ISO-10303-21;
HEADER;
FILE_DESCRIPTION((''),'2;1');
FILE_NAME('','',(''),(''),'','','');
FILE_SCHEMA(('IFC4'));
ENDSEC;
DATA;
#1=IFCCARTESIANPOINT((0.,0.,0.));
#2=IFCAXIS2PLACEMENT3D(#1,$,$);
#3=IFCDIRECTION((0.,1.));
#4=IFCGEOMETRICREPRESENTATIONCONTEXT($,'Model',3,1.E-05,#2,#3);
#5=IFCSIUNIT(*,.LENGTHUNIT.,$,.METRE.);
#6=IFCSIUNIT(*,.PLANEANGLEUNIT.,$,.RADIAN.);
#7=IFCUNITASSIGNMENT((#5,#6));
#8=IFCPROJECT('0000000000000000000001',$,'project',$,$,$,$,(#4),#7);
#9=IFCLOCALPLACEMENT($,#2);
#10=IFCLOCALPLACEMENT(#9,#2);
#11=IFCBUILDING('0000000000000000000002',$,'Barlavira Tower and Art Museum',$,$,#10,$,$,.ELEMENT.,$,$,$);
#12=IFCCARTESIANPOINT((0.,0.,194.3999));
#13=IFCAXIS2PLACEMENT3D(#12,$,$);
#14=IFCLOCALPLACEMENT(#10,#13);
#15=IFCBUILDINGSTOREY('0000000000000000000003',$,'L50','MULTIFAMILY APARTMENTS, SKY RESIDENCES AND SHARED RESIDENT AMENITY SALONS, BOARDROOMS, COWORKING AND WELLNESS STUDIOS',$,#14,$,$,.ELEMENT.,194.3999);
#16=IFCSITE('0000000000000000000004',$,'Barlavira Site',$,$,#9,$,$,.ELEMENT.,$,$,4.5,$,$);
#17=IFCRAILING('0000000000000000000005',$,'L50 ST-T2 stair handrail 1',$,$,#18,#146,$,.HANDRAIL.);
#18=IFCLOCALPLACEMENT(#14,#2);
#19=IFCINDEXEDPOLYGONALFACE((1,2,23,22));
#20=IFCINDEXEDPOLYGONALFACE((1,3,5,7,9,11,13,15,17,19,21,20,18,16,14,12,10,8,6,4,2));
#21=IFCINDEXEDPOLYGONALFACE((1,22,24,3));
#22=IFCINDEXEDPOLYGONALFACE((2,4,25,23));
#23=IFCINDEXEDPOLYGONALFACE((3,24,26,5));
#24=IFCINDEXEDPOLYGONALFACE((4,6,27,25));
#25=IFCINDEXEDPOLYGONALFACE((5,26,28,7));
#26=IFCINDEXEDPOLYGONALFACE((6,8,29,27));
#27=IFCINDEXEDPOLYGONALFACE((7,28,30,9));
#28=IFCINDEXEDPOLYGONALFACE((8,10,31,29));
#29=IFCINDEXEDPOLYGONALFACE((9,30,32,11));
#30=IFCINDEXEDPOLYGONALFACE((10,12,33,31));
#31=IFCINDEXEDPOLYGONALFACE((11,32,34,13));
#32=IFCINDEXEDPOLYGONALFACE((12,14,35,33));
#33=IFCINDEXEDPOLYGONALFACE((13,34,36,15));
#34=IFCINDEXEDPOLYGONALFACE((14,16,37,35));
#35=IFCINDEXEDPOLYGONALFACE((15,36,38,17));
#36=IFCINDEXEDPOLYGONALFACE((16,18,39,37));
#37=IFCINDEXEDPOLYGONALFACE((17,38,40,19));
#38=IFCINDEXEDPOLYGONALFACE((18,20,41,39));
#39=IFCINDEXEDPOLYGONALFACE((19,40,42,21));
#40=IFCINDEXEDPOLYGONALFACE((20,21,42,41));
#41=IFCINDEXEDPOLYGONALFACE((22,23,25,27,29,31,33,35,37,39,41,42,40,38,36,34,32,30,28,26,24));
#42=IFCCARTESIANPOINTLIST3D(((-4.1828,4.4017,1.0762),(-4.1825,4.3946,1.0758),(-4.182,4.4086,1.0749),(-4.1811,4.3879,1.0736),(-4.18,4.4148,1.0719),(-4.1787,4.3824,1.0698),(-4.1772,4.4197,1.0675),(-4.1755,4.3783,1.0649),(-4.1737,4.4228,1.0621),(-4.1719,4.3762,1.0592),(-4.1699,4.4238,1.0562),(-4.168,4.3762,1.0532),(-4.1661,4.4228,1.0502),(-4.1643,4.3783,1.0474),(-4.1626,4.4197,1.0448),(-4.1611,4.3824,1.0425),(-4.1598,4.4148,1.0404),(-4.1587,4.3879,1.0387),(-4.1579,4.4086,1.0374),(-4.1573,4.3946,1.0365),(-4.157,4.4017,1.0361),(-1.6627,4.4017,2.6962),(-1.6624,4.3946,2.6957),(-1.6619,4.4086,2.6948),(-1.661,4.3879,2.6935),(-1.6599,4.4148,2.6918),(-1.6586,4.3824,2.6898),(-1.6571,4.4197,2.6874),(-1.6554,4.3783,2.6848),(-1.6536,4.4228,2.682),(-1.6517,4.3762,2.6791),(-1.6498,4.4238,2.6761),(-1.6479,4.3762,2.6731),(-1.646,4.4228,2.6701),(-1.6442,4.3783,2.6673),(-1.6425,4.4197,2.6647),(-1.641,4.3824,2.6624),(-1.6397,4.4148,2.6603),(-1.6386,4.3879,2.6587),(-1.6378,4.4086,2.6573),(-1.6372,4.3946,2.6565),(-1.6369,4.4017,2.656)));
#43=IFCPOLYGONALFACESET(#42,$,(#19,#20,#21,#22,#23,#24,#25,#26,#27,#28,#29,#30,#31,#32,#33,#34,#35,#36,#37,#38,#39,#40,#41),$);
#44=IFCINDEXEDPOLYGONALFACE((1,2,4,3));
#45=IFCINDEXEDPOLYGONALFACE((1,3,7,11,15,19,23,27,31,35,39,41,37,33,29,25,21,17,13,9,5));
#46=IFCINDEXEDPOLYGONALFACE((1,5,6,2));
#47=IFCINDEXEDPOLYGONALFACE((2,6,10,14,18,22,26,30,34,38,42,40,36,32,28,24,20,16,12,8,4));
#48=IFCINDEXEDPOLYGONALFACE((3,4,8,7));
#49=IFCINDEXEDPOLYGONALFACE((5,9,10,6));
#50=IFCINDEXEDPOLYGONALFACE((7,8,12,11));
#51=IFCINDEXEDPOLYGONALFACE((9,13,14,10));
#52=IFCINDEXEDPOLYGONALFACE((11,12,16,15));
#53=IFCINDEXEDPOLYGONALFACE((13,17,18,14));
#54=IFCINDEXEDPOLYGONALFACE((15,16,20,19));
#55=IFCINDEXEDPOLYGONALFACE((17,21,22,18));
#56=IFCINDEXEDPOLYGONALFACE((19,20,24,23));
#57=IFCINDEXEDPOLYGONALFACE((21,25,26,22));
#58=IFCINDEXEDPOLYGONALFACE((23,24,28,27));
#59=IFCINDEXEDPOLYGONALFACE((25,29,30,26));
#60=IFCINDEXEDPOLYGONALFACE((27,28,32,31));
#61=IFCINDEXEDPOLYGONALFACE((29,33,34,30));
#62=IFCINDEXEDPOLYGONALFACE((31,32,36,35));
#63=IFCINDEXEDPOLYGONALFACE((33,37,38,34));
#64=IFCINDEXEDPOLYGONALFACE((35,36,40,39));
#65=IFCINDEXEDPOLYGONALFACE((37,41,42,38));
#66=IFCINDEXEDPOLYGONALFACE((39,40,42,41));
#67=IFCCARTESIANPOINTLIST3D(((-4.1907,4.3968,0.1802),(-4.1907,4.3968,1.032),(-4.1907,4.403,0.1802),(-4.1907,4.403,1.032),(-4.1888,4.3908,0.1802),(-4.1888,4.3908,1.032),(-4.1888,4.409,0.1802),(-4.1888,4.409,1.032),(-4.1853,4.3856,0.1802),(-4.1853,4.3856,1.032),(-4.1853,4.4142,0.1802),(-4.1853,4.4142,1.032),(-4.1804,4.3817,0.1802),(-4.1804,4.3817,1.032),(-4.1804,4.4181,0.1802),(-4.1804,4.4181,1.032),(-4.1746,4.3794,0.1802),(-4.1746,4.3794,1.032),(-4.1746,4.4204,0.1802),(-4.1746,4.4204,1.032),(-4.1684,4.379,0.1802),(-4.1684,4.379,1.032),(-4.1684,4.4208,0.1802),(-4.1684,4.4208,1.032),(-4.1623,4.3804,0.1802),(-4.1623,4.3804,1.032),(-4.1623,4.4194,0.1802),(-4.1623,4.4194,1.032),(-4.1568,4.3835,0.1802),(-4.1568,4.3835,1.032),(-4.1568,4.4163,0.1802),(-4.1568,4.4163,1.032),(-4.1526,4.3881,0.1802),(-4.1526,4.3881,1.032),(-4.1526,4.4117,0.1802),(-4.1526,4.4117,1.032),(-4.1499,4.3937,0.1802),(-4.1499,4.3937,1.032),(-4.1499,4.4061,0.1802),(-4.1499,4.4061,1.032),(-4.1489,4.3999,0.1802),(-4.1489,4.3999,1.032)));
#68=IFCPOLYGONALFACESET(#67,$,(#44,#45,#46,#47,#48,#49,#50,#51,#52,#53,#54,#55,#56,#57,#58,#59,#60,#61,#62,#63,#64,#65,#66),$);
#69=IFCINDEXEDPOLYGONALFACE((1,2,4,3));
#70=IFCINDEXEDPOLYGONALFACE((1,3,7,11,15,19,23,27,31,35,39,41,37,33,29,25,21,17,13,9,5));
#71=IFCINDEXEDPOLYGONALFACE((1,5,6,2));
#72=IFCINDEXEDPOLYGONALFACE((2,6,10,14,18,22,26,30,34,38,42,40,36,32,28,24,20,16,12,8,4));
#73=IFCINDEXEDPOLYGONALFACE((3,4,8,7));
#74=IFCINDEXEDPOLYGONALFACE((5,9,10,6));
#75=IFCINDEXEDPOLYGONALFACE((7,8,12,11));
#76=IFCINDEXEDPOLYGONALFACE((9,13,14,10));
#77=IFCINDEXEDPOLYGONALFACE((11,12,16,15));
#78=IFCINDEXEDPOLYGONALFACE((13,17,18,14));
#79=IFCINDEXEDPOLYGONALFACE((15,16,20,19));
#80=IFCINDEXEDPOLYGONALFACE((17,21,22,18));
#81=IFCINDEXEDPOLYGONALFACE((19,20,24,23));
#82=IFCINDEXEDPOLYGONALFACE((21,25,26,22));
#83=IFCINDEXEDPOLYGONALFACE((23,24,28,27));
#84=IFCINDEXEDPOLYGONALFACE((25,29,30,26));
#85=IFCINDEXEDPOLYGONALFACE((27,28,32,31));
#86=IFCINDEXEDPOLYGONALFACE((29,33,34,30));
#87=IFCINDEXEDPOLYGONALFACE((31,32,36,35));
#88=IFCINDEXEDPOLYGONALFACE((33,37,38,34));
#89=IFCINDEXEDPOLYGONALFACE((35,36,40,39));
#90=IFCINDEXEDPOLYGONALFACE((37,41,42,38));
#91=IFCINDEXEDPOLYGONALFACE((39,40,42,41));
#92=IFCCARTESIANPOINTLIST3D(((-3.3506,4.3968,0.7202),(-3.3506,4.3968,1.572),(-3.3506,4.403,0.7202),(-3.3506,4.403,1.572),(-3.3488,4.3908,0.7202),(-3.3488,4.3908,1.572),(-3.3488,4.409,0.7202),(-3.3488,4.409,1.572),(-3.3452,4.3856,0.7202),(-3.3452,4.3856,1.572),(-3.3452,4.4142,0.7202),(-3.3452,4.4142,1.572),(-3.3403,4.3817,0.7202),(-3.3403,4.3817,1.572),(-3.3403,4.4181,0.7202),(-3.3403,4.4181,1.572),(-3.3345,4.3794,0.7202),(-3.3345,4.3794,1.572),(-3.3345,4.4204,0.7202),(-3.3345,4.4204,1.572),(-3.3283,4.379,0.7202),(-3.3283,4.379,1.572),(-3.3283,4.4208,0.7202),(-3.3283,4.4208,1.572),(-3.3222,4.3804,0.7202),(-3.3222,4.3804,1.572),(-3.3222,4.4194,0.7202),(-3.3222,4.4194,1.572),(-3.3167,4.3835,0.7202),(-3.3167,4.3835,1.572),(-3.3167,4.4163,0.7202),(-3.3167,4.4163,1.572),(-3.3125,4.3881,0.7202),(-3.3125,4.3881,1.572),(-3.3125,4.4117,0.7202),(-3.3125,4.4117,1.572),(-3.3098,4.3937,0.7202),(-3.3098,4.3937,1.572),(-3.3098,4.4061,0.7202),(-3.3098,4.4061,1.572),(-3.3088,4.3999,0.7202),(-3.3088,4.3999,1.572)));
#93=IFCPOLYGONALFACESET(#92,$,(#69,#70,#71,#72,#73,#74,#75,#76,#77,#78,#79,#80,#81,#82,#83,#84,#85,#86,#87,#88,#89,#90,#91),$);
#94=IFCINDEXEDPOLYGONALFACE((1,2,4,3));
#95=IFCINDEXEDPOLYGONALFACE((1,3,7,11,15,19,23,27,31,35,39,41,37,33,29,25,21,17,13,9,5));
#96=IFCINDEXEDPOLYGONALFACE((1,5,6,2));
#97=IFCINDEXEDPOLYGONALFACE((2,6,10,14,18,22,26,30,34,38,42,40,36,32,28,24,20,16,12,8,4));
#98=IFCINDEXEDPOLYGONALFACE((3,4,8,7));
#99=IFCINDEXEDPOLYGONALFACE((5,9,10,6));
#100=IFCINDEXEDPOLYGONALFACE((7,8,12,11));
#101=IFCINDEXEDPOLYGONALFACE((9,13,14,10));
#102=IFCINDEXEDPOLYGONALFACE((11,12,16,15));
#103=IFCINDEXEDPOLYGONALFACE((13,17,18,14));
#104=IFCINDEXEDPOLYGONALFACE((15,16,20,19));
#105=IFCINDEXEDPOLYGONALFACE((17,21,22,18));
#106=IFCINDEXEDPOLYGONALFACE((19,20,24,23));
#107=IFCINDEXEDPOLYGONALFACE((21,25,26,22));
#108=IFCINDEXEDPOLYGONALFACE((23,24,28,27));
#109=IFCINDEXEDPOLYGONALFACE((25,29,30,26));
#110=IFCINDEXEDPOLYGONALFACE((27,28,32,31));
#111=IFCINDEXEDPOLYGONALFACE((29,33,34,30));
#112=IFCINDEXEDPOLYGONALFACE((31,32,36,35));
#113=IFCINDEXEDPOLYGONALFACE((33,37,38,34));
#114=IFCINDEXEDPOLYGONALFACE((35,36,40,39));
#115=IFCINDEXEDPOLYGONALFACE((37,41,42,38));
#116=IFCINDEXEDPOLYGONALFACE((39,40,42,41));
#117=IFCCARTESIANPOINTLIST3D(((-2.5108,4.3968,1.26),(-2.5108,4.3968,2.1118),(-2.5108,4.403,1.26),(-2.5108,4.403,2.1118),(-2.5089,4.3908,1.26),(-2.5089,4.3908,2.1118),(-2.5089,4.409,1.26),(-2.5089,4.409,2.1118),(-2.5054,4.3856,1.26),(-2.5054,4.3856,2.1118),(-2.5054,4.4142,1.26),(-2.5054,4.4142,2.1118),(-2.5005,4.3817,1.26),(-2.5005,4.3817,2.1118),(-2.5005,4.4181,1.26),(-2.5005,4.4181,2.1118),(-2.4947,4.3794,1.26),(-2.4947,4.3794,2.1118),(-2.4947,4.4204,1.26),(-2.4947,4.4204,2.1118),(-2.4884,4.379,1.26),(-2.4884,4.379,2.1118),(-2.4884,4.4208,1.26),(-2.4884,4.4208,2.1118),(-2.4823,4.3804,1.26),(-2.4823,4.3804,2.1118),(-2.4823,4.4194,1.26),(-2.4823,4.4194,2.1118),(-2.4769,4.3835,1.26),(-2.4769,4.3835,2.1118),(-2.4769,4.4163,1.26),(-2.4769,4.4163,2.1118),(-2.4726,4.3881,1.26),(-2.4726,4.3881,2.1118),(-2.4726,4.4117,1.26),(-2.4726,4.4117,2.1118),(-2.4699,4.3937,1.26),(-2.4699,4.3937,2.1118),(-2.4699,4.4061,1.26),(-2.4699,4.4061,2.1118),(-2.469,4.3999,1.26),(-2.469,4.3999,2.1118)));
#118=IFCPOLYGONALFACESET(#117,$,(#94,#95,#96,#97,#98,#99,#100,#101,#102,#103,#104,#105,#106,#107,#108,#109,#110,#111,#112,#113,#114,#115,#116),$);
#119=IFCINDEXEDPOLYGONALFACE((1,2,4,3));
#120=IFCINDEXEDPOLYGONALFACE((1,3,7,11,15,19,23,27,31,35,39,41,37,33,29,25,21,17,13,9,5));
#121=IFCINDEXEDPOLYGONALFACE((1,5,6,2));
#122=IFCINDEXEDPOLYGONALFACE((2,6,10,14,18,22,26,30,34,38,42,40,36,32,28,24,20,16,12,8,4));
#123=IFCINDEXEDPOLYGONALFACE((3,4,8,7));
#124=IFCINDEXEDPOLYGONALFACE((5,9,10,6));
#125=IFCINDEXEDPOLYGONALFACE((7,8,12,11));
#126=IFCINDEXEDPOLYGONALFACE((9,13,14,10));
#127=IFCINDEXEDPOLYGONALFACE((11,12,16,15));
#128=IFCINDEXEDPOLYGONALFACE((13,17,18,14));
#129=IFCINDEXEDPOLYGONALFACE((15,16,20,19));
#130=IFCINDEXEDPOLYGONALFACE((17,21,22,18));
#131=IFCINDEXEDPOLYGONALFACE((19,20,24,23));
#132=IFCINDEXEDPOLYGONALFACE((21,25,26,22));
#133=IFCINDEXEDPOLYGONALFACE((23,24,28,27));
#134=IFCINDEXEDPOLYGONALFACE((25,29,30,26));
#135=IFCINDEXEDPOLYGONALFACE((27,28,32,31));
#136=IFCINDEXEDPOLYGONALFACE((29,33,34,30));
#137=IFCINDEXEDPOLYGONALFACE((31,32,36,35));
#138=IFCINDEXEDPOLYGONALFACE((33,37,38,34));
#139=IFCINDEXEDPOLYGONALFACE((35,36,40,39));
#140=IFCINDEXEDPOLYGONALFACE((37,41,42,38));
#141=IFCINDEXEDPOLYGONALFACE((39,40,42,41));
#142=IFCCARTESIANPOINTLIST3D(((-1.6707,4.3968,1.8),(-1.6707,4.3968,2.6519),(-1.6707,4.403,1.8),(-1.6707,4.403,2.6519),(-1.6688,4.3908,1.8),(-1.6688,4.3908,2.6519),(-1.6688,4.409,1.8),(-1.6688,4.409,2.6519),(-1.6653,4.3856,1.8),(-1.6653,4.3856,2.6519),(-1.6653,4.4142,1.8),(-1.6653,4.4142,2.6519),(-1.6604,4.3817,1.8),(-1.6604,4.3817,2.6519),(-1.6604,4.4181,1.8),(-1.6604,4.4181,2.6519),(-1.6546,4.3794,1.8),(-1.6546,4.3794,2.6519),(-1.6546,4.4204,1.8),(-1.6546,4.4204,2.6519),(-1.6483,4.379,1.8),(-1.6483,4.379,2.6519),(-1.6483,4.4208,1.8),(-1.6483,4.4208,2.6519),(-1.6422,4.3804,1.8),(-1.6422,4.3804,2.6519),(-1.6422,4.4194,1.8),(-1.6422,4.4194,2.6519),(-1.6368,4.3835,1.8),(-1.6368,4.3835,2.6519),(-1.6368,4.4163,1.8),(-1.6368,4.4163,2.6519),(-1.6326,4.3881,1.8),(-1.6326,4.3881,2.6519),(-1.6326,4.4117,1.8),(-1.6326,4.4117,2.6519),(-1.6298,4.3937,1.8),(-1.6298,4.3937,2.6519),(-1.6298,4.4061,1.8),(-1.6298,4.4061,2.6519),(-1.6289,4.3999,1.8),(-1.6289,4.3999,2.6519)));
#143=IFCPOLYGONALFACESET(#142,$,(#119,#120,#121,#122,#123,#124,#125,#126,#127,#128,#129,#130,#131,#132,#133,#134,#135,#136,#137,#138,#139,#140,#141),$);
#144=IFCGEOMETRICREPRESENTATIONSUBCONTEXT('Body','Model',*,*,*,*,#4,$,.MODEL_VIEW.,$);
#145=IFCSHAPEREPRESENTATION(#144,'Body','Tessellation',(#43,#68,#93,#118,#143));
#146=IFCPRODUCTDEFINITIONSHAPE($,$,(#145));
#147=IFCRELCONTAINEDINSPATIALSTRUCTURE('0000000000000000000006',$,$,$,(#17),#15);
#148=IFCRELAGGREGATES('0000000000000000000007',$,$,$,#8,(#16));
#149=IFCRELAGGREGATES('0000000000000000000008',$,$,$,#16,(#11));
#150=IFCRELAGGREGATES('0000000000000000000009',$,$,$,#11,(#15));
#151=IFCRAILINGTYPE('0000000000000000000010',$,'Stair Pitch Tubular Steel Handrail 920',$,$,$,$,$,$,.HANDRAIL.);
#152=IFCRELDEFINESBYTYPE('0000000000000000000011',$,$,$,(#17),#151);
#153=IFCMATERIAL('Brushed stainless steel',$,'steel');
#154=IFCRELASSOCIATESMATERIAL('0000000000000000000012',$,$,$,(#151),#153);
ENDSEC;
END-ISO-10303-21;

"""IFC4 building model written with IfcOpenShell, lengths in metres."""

from ifc_helpers import new_model, si_unit, direction, frame, origin, origin_2d, place, context, subcontext, project, spatial, circle, extrude, material, type_object, element, save


model = new_model("IFC4")

# Units and contexts
model_context = context("Model", 3, precision=1e-05, world=origin(), true_north=direction((0.0, 1.0)))
body_context = subcontext(model_context, "Body", "Model", "MODEL_VIEW")
ifc_project = project(units=[si_unit("LENGTHUNIT", "METRE"), si_unit("PLANEANGLEUNIT", "RADIAN")], contexts=[model_context])

# Site, building, storey
site_placement = place(None, origin())
site = spatial("IfcSite", under=ifc_project, at=site_placement, Name="Barlavira Site", CompositionType="ELEMENT", RefElevation=4.5)
building_placement = place(site_placement, origin())
building = spatial("IfcBuilding", under=site, at=building_placement, Name="Barlavira Tower and Art Museum", CompositionType="ELEMENT")
storey_placement = place(building_placement, frame((0.0, 0.0, 194.3999)))
storey = spatial("IfcBuildingStorey", under=building, at=storey_placement, Name="L50", Description="MULTIFAMILY APARTMENTS, SKY RESIDENCES AND SHARED RESIDENT AMENITY SALONS, BOARDROOMS, COWORKING AND WELLNESS STUDIOS", CompositionType="ELEMENT", Elevation=194.3999)

# Shared definitions
ifc_material_1 = material(Name="Brushed stainless steel", Category="steel")

# Railing
railing_type_1 = type_object("IfcRailingType", Name="Stair Pitch Tubular Steel Handrail 920", PredefinedType="HANDRAIL", material=ifc_material_1)
railing_1_placement = place(storey_placement, frame((-4.1699, 4.3999, 0.1802)))
element("IfcRailing", 1, at=railing_1_placement, inside=storey, type_object=railing_type_1, Name="L50 ST-T2 stair handrail 1", PredefinedType="HANDRAIL", context=body_context, shape_type="SweptSolid", body=[
    extrude(circle(Radius=0.0239, at=origin_2d()), frame((0.0, 0.0, 0.876), z_axis=(0.8412, 0.0, 0.540725), x_axis=(0.0, 1.0, 0.0)), (0.0, 0.0, 1.0), 2.9958),
    extrude(circle(Radius=0.021, at=origin_2d()), origin(), (0.0, 0.0, 1.0), 0.8518),
    extrude(circle(Radius=0.021, at=origin_2d()), frame((0.8401, 0.0, 0.54)), (0.0, 0.0, 1.0), 0.8518),
    extrude(circle(Radius=0.021, at=origin_2d()), frame((1.6799, 0.0, 1.0798)), (0.0, 0.0, 1.0), 0.8518),
    extrude(circle(Radius=0.021, at=origin_2d()), frame((2.52, 0.0, 1.6199)), (0.0, 0.0, 1.0), 0.8518),
])

save(model, "model.ifc")
